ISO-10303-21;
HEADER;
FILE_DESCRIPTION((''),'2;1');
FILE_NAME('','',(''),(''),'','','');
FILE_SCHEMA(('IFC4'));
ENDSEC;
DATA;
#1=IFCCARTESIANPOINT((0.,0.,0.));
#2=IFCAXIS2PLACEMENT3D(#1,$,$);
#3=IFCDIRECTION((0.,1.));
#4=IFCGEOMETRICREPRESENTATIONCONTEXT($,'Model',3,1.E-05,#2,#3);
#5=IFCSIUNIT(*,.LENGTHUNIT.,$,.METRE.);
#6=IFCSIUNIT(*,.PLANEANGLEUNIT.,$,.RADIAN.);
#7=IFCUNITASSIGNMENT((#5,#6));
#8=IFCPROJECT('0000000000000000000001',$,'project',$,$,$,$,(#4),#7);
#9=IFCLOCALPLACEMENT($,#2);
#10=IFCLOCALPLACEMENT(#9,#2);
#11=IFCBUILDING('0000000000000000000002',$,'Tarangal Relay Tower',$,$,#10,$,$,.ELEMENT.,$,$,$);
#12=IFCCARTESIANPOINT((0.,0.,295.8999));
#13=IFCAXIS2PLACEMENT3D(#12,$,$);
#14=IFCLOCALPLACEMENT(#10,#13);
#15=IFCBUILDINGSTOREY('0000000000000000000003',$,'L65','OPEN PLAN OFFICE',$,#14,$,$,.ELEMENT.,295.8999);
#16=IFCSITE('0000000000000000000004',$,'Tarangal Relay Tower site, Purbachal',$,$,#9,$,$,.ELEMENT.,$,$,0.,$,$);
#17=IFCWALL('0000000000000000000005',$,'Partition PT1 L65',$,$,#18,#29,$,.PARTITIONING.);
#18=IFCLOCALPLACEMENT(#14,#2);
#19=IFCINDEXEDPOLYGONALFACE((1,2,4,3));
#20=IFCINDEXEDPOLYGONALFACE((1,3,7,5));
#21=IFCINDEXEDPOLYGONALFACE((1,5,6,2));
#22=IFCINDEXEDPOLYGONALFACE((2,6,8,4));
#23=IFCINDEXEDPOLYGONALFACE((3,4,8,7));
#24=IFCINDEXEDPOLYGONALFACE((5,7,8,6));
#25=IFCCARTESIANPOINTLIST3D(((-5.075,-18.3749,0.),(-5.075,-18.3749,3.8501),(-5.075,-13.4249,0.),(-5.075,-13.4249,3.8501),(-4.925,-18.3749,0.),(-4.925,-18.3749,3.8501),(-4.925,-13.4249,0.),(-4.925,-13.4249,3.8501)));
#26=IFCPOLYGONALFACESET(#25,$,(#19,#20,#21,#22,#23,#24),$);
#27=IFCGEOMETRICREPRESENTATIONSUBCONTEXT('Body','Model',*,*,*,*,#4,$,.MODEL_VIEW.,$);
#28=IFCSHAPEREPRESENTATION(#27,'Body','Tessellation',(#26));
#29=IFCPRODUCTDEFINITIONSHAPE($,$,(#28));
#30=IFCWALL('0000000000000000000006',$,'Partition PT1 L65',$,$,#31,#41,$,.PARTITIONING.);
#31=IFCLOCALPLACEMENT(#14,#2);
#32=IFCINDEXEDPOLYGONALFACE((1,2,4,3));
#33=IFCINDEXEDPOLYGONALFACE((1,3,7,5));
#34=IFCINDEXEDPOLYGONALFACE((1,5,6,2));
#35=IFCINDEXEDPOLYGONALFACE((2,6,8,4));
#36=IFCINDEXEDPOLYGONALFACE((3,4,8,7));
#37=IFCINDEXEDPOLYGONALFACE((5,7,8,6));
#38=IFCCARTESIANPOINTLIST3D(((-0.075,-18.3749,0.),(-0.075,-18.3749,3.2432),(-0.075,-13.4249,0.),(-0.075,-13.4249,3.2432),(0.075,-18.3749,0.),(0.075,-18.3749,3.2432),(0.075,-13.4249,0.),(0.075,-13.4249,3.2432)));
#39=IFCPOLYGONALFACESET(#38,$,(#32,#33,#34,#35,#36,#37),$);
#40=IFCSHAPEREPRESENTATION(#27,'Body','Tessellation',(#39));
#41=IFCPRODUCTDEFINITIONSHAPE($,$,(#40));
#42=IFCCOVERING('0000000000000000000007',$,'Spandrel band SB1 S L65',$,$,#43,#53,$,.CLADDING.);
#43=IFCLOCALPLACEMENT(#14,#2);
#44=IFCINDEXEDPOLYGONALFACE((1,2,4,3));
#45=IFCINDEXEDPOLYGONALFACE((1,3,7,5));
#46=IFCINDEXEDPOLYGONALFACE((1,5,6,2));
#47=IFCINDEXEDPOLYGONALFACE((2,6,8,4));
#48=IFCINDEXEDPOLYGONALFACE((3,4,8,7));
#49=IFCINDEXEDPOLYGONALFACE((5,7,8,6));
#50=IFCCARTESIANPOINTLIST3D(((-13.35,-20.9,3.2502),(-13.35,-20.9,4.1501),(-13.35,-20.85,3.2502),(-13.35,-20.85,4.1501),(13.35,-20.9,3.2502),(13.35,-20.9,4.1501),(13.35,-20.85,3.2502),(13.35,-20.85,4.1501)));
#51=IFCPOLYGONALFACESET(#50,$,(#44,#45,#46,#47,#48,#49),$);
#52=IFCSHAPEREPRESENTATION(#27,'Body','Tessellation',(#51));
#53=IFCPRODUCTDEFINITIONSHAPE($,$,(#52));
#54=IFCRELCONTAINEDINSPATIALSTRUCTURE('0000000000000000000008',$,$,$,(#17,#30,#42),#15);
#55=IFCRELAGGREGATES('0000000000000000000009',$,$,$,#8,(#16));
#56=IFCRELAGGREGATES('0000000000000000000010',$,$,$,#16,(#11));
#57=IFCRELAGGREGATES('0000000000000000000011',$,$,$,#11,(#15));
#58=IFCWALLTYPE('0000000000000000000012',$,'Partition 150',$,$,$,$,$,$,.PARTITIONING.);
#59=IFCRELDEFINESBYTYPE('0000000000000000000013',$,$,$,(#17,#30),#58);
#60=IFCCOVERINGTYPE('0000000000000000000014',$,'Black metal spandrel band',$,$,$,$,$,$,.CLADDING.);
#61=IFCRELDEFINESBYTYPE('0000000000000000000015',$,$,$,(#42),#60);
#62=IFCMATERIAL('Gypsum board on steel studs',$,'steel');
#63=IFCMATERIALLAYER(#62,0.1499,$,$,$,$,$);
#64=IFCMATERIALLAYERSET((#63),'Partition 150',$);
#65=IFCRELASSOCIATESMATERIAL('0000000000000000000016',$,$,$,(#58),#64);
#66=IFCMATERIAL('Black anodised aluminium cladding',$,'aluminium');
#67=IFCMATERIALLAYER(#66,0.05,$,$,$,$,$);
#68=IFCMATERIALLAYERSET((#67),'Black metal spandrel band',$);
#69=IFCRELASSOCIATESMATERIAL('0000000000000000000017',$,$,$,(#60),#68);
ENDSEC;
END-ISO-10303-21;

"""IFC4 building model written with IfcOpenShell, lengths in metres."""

from ifc_helpers import new_model, si_unit, direction, frame, frame_2d, origin, origin_2d, place, context, subcontext, project, spatial, rectangle, extrude, material, layer, layer_set, type_object, element, save


model = new_model("IFC4")

# Units and contexts
model_context = context("Model", 3, precision=1e-05, world=origin(), true_north=direction((0.0, 1.0)))
body_context = subcontext(model_context, "Body", "Model", "MODEL_VIEW")
ifc_project = project(units=[si_unit("LENGTHUNIT", "METRE"), si_unit("PLANEANGLEUNIT", "RADIAN")], contexts=[model_context])

# Site, building, storey
site_placement = place(None, origin())
site = spatial("IfcSite", under=ifc_project, at=site_placement, Name="Tarangal Relay Tower site, Purbachal", CompositionType="ELEMENT", RefElevation=0.0)
building_placement = place(site_placement, origin())
building = spatial("IfcBuilding", under=site, at=building_placement, Name="Tarangal Relay Tower", CompositionType="ELEMENT")
storey_placement = place(building_placement, frame((0.0, 0.0, 295.8999)))
storey = spatial("IfcBuildingStorey", under=building, at=storey_placement, Name="L65", Description="OPEN PLAN OFFICE", CompositionType="ELEMENT", Elevation=295.8999)

# Shared definitions
ifc_material_1 = material(Name="Gypsum board on steel studs", Category="steel")
ifc_layer_1 = layer(ifc_material_1, 0.1499)
ifc_layer_set_1 = layer_set([ifc_layer_1], Name="Partition 150")
wall_type = type_object("IfcWallType", Name="Partition 150", PredefinedType="PARTITIONING", material=ifc_layer_set_1)

# Walls
wall_1_placement = place(storey_placement, frame((-5.0, -18.375, 0.0), z_axis=(0.0, 0.0, 1.0), x_axis=(0.0, 1.0, 0.0)))
element("IfcWall", 1, at=wall_1_placement, inside=storey, type_object=wall_type, Name="Partition PT1 L65", PredefinedType="PARTITIONING", context=body_context, shape_type="SweptSolid", body=[
    extrude(rectangle(XDim=4.95, YDim=0.1499, at=frame_2d((2.4751, 0.0))), origin(), (0.0, 0.0, 1.0), 3.8501),
])
wall_2_placement = place(storey_placement, frame((0.0, -18.375, 0.0), z_axis=(0.0, 0.0, 1.0), x_axis=(0.0, 1.0, 0.0)))
element("IfcWall", 2, at=wall_2_placement, inside=storey, type_object=wall_type, Name="Partition PT1 L65", PredefinedType="PARTITIONING", context=body_context, shape_type="SweptSolid", body=[
    extrude(rectangle(XDim=4.95, YDim=0.1499, at=frame_2d((2.4751, 0.0))), origin(), (0.0, 0.0, 1.0), 3.2432),
])

# Covering
ifc_material_2 = material(Name="Black anodised aluminium cladding", Category="aluminium")
ifc_layer_2 = layer(ifc_material_2, 0.05)
ifc_layer_set_2 = layer_set([ifc_layer_2], Name="Black metal spandrel band")
covering_type = type_object("IfcCoveringType", Name="Black metal spandrel band", PredefinedType="CLADDING", material=ifc_layer_set_2)
covering_placement = place(storey_placement, frame((0.0, -20.875, 3.2502), z_axis=(0.0, 0.0, 1.0), x_axis=(-1.0, 0.0, 0.0)))
element("IfcCovering", 3, at=covering_placement, inside=storey, type_object=covering_type, Name="Spandrel band SB1 S L65", PredefinedType="CLADDING", context=body_context, shape_type="SweptSolid", body=[
    extrude(rectangle(XDim=26.7, YDim=0.05, at=origin_2d()), origin(), (0.0, 0.0, 1.0), 0.8999),
])

save(model, "model.ifc")
